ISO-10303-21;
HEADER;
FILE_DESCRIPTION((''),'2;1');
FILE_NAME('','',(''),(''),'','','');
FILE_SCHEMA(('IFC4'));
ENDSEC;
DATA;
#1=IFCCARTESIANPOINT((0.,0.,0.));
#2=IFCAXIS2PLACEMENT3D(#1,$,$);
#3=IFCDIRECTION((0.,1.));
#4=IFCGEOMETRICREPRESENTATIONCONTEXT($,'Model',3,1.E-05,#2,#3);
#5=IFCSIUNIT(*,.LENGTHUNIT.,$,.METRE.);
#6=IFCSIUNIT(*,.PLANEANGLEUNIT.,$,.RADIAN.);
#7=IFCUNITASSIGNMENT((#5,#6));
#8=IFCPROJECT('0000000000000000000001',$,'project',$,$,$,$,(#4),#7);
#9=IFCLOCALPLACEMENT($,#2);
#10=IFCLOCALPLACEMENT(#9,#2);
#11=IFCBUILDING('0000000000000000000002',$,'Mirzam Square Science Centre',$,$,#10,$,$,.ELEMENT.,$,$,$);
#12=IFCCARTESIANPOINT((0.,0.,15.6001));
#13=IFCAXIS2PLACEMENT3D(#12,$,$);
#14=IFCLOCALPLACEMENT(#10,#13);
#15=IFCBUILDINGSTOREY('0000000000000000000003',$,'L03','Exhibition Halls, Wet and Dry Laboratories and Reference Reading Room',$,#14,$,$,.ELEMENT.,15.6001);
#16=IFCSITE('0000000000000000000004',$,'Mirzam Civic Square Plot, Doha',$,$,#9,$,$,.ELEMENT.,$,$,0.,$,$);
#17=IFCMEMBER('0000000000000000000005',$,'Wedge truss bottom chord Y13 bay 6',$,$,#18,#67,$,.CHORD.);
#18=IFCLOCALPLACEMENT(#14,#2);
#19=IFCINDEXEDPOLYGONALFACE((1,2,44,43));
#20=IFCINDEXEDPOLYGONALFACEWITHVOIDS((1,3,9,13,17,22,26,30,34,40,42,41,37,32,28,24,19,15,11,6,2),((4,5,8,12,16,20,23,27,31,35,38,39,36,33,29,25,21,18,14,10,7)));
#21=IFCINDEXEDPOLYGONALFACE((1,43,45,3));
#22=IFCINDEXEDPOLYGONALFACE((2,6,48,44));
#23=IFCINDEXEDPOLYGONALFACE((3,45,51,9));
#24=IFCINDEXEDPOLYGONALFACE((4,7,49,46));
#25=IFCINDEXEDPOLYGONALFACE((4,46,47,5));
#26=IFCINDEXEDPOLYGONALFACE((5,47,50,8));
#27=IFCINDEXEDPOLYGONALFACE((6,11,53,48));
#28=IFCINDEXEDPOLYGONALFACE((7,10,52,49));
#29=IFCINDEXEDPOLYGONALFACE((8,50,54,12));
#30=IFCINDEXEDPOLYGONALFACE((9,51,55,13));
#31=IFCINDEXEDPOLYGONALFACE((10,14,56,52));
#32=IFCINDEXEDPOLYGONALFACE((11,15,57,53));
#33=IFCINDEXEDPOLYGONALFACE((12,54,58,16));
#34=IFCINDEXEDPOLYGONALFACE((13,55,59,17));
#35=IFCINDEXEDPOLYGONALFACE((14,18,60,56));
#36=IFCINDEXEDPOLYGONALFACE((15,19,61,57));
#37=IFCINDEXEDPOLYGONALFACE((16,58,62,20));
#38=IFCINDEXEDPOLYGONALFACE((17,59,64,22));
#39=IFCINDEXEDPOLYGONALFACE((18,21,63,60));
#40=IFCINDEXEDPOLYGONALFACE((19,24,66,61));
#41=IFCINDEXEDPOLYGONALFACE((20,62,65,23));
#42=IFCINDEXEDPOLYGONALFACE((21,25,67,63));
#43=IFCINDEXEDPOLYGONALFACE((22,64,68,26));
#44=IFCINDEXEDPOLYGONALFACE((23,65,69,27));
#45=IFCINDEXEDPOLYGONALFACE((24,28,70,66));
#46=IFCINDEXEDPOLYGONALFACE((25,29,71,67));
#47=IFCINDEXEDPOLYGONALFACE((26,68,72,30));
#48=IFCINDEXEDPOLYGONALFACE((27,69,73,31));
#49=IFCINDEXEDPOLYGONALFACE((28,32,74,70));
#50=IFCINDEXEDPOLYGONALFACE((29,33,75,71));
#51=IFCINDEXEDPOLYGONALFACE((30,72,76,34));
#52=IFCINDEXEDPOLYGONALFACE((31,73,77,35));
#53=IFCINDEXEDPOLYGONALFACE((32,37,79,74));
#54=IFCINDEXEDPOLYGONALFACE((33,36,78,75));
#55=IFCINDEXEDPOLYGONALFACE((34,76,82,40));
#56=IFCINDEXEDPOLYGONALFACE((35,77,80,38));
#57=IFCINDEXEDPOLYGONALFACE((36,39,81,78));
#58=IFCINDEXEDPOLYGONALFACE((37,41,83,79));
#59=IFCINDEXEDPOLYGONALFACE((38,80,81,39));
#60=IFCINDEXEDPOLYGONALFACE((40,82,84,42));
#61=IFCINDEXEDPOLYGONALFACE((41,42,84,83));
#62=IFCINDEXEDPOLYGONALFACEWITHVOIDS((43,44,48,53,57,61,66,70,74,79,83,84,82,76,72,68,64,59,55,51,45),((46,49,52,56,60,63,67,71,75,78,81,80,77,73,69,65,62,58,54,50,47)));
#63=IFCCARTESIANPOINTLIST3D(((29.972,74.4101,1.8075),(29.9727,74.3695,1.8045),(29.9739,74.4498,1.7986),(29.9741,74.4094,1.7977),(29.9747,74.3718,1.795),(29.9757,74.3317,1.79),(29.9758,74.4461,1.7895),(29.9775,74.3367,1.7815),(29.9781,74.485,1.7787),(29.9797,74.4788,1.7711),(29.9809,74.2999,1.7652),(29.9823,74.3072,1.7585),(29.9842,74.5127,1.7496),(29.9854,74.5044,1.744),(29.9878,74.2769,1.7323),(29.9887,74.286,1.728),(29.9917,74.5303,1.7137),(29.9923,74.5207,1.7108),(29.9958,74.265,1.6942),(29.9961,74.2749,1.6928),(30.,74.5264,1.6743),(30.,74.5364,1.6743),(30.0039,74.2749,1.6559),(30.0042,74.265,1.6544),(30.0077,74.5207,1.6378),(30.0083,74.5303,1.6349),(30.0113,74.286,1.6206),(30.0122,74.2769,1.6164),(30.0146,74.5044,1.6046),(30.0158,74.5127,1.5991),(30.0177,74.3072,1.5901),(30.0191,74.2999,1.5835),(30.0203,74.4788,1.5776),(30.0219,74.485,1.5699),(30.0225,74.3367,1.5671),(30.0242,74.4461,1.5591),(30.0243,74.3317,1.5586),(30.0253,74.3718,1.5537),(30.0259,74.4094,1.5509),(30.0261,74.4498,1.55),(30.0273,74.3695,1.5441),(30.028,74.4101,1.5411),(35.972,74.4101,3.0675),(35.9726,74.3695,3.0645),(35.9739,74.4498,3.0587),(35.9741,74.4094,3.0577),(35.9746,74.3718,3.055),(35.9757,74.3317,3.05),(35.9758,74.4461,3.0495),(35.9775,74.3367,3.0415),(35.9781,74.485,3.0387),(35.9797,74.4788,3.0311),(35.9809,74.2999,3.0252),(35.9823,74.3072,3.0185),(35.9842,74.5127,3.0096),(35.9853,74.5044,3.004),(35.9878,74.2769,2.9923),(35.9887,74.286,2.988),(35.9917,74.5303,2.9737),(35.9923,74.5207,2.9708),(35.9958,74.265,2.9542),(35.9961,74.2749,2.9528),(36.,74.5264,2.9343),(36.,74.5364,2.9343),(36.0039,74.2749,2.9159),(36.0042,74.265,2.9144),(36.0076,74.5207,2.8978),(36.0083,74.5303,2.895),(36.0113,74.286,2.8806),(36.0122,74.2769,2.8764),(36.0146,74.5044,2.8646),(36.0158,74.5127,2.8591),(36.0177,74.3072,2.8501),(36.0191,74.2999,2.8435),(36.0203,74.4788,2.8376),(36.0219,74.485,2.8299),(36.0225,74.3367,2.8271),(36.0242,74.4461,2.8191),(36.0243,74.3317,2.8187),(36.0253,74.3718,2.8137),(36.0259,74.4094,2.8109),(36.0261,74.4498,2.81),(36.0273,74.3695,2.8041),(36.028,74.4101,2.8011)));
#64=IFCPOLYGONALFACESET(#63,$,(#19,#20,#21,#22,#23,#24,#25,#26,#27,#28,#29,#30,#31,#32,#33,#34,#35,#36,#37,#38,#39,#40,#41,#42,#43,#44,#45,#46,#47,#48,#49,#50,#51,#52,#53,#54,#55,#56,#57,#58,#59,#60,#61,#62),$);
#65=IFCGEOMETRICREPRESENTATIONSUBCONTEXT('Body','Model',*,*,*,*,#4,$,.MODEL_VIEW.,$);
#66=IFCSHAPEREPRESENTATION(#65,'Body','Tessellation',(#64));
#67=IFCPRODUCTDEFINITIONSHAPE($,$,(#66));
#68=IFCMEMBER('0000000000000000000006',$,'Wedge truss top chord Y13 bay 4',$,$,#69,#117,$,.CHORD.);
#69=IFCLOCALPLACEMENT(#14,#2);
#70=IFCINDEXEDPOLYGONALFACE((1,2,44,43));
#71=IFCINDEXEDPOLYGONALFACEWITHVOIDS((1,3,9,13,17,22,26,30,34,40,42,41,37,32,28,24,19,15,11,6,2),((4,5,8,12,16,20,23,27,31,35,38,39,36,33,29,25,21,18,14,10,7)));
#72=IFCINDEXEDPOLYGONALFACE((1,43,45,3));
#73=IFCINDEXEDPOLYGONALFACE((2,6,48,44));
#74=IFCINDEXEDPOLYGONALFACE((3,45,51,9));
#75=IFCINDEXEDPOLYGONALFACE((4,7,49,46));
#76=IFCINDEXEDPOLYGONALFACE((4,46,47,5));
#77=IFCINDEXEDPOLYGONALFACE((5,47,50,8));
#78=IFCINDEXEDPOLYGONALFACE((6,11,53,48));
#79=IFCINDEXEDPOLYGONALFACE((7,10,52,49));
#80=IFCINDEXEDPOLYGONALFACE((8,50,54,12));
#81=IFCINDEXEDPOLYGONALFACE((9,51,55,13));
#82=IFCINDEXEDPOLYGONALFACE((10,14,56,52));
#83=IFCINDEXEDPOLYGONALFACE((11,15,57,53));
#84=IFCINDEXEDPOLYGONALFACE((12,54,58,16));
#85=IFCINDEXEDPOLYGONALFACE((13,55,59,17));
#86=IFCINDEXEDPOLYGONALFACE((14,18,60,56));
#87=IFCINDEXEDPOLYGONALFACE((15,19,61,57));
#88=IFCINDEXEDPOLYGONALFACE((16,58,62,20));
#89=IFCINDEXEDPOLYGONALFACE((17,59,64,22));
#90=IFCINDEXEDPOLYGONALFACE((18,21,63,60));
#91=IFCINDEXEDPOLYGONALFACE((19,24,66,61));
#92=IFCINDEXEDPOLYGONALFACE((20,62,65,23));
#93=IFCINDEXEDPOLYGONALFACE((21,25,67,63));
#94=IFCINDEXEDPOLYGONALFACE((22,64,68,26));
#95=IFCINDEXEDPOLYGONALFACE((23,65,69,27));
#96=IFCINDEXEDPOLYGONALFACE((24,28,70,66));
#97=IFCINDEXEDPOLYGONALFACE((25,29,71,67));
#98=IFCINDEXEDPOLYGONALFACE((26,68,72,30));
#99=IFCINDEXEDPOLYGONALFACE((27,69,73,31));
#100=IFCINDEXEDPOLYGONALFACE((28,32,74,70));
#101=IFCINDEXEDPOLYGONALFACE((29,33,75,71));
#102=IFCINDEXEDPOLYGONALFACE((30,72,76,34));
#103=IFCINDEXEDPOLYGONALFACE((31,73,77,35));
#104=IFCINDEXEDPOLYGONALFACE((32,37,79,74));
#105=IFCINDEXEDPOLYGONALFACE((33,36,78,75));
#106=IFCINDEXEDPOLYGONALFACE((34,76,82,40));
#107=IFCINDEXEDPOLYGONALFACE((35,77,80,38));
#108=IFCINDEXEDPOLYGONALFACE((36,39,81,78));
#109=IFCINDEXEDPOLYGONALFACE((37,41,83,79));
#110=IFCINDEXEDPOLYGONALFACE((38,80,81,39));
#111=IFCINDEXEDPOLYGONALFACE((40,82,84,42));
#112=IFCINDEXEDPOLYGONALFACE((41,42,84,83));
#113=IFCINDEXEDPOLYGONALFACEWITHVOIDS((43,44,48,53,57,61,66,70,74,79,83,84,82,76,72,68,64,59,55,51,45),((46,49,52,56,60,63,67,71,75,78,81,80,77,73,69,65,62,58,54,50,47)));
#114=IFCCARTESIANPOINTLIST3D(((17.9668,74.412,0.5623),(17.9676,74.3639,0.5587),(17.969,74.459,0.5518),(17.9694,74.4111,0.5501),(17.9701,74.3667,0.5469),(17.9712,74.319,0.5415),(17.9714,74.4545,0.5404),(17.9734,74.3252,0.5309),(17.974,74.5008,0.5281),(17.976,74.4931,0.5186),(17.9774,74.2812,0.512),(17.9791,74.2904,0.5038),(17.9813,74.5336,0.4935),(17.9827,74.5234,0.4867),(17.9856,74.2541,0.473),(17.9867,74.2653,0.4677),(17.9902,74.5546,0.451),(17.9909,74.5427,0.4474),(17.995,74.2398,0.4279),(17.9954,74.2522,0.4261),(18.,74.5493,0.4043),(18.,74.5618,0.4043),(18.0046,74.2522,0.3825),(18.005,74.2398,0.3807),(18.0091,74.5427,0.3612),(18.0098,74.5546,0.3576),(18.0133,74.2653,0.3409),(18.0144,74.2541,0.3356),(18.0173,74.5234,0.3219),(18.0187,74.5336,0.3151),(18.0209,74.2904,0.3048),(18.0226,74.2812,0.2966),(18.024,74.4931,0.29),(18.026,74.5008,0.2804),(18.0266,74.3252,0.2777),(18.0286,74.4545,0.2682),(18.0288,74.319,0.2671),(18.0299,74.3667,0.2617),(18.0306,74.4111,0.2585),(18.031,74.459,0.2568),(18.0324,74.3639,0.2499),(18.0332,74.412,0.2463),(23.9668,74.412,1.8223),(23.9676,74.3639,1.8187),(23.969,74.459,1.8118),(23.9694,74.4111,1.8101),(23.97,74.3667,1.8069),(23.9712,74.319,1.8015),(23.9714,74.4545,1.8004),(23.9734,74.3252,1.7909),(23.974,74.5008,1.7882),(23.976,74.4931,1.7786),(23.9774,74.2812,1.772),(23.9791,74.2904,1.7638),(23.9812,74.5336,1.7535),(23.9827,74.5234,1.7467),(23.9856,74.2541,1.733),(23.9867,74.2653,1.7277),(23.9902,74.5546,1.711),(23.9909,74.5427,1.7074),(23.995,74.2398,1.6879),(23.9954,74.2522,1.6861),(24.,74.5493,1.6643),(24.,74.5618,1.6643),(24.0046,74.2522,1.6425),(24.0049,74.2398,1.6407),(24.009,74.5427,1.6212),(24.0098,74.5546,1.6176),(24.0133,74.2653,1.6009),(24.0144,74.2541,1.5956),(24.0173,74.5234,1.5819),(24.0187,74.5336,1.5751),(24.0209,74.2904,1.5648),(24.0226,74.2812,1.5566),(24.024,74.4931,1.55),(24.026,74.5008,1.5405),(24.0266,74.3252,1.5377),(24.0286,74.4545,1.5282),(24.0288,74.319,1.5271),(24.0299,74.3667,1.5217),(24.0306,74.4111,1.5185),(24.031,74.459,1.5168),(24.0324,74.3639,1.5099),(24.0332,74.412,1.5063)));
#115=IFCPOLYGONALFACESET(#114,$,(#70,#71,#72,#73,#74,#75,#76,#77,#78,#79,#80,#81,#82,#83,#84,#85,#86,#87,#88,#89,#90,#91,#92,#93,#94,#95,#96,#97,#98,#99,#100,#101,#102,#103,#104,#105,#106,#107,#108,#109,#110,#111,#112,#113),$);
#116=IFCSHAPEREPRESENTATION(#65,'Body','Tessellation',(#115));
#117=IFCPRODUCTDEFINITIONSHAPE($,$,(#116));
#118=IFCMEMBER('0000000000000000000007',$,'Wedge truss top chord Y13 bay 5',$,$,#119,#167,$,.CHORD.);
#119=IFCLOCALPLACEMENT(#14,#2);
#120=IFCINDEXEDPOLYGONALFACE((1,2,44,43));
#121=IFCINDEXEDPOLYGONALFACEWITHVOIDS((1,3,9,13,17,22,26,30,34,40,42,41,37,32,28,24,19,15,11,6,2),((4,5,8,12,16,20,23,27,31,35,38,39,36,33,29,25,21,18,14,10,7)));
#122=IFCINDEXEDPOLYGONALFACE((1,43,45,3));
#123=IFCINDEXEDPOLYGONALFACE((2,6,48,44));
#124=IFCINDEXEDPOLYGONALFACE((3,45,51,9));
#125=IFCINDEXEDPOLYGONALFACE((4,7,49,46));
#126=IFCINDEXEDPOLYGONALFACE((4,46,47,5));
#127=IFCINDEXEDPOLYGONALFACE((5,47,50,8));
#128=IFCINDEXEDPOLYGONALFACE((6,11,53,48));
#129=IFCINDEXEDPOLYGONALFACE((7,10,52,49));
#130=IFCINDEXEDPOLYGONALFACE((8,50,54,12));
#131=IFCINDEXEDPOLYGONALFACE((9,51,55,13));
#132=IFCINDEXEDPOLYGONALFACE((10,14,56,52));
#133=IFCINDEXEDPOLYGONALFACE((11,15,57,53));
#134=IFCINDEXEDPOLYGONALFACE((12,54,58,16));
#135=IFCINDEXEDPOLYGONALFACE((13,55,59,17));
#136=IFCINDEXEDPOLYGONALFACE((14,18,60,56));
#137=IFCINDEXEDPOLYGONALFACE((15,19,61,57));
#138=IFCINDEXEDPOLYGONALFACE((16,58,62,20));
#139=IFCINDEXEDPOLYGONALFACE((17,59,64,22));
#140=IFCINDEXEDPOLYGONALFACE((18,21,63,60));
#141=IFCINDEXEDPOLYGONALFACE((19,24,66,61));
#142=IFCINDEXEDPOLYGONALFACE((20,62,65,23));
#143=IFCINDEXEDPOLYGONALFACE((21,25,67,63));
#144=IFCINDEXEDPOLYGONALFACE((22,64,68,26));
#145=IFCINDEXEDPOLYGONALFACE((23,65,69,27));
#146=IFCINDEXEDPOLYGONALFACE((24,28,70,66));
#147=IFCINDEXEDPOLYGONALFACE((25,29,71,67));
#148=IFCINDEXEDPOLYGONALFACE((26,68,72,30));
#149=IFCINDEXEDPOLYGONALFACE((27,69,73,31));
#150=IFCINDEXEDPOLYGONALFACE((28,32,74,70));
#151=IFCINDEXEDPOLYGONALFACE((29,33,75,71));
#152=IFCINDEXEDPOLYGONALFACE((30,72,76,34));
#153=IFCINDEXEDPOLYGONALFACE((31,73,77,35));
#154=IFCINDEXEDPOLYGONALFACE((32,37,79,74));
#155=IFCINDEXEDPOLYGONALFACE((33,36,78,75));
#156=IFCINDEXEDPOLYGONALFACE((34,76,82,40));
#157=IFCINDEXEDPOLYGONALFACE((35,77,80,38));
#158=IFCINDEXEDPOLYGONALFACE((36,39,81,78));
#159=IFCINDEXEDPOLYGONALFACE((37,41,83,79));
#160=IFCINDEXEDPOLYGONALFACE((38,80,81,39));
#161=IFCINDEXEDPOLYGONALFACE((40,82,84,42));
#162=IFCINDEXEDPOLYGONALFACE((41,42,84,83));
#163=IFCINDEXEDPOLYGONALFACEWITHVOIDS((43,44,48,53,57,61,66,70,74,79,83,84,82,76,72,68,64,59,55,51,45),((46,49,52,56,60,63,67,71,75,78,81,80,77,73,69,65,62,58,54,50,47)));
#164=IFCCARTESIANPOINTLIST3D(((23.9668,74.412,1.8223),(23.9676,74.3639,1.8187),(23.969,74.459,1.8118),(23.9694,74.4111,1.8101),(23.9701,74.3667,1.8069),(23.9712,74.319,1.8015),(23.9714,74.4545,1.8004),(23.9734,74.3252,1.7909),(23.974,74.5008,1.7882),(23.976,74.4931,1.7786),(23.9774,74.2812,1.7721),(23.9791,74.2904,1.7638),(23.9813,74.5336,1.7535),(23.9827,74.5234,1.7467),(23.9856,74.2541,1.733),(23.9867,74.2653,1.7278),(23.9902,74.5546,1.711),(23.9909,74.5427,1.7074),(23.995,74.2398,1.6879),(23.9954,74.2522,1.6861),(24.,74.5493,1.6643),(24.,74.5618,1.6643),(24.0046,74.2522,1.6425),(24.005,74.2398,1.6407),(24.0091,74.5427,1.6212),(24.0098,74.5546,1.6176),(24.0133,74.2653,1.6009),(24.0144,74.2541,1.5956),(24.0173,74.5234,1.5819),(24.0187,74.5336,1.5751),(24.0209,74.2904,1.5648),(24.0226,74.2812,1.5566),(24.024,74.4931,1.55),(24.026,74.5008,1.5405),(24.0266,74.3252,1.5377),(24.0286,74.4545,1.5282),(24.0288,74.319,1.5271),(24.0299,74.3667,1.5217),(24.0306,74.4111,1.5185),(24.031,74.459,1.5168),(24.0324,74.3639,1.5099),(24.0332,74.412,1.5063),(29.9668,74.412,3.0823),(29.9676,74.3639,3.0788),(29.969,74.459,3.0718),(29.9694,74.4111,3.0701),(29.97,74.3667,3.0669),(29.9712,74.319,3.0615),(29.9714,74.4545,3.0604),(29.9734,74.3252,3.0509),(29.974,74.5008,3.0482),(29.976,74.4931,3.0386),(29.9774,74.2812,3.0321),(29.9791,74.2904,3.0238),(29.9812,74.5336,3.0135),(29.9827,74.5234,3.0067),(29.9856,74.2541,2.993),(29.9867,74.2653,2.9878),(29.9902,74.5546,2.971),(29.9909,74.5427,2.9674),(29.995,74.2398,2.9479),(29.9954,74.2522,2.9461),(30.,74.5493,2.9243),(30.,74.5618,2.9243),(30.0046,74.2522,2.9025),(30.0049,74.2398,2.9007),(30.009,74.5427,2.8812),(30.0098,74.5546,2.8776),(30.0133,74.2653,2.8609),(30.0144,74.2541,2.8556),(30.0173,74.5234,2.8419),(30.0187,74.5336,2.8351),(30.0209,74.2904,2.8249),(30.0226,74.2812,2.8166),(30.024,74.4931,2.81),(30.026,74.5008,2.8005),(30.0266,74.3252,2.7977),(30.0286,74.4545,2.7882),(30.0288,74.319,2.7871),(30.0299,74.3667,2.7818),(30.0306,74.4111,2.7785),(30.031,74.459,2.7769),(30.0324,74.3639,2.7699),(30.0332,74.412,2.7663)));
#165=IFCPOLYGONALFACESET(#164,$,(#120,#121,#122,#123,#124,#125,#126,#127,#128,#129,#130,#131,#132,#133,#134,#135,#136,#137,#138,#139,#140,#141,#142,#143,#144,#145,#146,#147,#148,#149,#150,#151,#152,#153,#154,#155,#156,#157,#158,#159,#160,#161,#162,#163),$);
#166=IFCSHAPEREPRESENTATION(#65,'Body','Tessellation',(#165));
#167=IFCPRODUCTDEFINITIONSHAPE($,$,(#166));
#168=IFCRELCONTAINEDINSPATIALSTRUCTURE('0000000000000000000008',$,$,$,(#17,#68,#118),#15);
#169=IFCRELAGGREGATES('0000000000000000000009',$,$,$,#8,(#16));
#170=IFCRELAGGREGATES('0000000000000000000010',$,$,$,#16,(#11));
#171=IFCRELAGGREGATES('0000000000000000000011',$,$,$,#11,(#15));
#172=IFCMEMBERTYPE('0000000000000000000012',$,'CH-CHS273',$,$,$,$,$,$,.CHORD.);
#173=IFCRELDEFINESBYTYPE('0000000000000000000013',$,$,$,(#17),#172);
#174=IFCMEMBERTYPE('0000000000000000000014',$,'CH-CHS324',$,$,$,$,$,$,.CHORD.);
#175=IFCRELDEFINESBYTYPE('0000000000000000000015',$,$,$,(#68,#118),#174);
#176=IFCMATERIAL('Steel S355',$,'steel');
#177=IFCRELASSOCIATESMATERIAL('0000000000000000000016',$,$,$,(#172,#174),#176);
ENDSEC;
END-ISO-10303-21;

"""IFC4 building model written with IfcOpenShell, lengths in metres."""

from ifc_helpers import new_model, si_unit, direction, frame, origin, origin_2d, place, context, subcontext, project, spatial, hollow_circle, extrude, material, material_profile, profile_set, type_object, element, save


model = new_model("IFC4")

# Units and contexts
model_context = context("Model", 3, precision=1e-05, world=origin(), true_north=direction((0.0, 1.0)))
body_context = subcontext(model_context, "Body", "Model", "MODEL_VIEW")
ifc_project = project(units=[si_unit("LENGTHUNIT", "METRE"), si_unit("PLANEANGLEUNIT", "RADIAN")], contexts=[model_context])

# Site, building, storey
site_placement = place(None, origin())
site = spatial("IfcSite", under=ifc_project, at=site_placement, Name="Mirzam Civic Square Plot, Doha", CompositionType="ELEMENT", RefElevation=0.0)
building_placement = place(site_placement, origin())
building = spatial("IfcBuilding", under=site, at=building_placement, Name="Mirzam Square Science Centre", CompositionType="ELEMENT")
storey_placement = place(building_placement, frame((0.0, 0.0, 15.6001)))
storey = spatial("IfcBuildingStorey", under=building, at=storey_placement, Name="L03", Description="Exhibition Halls, Wet and Dry Laboratories and Reference Reading Room", CompositionType="ELEMENT", Elevation=15.6001)

# Shared definitions
ifc_material_1 = material(Name="Steel S355", Category="steel")

# Members
ifc_material_profile_1 = material_profile(ifc_material_1, hollow_circle(Radius=0.1365, WallThickness=0.01, at=origin_2d()), Name="273.0x10.0CHS")
ifc_profile_set_1 = profile_set([ifc_material_profile_1], Name="Steel S355")
member_type_1 = type_object("IfcMemberType", Name="CH-CHS273", PredefinedType="CHORD", material=ifc_profile_set_1)
for number, where, z_axis, x_axis, name in (
    (1, (30.0, 74.3999, 1.6743), (0.978653, 0.0, 0.205519), (0.0, 1.0, 0.0), "Wedge truss bottom chord Y13 bay 6"),
):
    element("IfcMember", number, at=place(storey_placement, frame(where, z_axis=z_axis, x_axis=x_axis)), inside=storey, type_object=member_type_1, Name=name, PredefinedType="CHORD", context=body_context, shape_type="SweptSolid", body=[
        extrude(hollow_circle(Radius=0.1365, WallThickness=0.01, at=origin_2d()), origin(), (0.0, 0.0, 1.0), 6.1309),
    ])
ifc_material_profile_2 = material_profile(ifc_material_1, hollow_circle(Radius=0.1619, WallThickness=0.0125, at=origin_2d()), Name="323.9x12.5CHS")
ifc_profile_set_2 = profile_set([ifc_material_profile_2], Name="Steel S355")
member_type_2 = type_object("IfcMemberType", Name="CH-CHS324", PredefinedType="CHORD", material=ifc_profile_set_2)
for number, where, z_axis, x_axis, name in (
    (2, (18.0, 74.3999, 0.4043), (0.978653, 0.0, 0.205519), (0.0, 1.0, 0.0), "Wedge truss top chord Y13 bay 4"),
    (3, (24.0, 74.3999, 1.6643), (0.978653, 0.0, 0.205519), (0.0, 1.0, 0.0), "Wedge truss top chord Y13 bay 5"),
):
    element("IfcMember", number, at=place(storey_placement, frame(where, z_axis=z_axis, x_axis=x_axis)), inside=storey, type_object=member_type_2, Name=name, PredefinedType="CHORD", context=body_context, shape_type="SweptSolid", body=[
        extrude(hollow_circle(Radius=0.1619, WallThickness=0.0125, at=origin_2d()), origin(), (0.0, 0.0, 1.0), 6.1309),
    ])

save(model, "model.ifc")
